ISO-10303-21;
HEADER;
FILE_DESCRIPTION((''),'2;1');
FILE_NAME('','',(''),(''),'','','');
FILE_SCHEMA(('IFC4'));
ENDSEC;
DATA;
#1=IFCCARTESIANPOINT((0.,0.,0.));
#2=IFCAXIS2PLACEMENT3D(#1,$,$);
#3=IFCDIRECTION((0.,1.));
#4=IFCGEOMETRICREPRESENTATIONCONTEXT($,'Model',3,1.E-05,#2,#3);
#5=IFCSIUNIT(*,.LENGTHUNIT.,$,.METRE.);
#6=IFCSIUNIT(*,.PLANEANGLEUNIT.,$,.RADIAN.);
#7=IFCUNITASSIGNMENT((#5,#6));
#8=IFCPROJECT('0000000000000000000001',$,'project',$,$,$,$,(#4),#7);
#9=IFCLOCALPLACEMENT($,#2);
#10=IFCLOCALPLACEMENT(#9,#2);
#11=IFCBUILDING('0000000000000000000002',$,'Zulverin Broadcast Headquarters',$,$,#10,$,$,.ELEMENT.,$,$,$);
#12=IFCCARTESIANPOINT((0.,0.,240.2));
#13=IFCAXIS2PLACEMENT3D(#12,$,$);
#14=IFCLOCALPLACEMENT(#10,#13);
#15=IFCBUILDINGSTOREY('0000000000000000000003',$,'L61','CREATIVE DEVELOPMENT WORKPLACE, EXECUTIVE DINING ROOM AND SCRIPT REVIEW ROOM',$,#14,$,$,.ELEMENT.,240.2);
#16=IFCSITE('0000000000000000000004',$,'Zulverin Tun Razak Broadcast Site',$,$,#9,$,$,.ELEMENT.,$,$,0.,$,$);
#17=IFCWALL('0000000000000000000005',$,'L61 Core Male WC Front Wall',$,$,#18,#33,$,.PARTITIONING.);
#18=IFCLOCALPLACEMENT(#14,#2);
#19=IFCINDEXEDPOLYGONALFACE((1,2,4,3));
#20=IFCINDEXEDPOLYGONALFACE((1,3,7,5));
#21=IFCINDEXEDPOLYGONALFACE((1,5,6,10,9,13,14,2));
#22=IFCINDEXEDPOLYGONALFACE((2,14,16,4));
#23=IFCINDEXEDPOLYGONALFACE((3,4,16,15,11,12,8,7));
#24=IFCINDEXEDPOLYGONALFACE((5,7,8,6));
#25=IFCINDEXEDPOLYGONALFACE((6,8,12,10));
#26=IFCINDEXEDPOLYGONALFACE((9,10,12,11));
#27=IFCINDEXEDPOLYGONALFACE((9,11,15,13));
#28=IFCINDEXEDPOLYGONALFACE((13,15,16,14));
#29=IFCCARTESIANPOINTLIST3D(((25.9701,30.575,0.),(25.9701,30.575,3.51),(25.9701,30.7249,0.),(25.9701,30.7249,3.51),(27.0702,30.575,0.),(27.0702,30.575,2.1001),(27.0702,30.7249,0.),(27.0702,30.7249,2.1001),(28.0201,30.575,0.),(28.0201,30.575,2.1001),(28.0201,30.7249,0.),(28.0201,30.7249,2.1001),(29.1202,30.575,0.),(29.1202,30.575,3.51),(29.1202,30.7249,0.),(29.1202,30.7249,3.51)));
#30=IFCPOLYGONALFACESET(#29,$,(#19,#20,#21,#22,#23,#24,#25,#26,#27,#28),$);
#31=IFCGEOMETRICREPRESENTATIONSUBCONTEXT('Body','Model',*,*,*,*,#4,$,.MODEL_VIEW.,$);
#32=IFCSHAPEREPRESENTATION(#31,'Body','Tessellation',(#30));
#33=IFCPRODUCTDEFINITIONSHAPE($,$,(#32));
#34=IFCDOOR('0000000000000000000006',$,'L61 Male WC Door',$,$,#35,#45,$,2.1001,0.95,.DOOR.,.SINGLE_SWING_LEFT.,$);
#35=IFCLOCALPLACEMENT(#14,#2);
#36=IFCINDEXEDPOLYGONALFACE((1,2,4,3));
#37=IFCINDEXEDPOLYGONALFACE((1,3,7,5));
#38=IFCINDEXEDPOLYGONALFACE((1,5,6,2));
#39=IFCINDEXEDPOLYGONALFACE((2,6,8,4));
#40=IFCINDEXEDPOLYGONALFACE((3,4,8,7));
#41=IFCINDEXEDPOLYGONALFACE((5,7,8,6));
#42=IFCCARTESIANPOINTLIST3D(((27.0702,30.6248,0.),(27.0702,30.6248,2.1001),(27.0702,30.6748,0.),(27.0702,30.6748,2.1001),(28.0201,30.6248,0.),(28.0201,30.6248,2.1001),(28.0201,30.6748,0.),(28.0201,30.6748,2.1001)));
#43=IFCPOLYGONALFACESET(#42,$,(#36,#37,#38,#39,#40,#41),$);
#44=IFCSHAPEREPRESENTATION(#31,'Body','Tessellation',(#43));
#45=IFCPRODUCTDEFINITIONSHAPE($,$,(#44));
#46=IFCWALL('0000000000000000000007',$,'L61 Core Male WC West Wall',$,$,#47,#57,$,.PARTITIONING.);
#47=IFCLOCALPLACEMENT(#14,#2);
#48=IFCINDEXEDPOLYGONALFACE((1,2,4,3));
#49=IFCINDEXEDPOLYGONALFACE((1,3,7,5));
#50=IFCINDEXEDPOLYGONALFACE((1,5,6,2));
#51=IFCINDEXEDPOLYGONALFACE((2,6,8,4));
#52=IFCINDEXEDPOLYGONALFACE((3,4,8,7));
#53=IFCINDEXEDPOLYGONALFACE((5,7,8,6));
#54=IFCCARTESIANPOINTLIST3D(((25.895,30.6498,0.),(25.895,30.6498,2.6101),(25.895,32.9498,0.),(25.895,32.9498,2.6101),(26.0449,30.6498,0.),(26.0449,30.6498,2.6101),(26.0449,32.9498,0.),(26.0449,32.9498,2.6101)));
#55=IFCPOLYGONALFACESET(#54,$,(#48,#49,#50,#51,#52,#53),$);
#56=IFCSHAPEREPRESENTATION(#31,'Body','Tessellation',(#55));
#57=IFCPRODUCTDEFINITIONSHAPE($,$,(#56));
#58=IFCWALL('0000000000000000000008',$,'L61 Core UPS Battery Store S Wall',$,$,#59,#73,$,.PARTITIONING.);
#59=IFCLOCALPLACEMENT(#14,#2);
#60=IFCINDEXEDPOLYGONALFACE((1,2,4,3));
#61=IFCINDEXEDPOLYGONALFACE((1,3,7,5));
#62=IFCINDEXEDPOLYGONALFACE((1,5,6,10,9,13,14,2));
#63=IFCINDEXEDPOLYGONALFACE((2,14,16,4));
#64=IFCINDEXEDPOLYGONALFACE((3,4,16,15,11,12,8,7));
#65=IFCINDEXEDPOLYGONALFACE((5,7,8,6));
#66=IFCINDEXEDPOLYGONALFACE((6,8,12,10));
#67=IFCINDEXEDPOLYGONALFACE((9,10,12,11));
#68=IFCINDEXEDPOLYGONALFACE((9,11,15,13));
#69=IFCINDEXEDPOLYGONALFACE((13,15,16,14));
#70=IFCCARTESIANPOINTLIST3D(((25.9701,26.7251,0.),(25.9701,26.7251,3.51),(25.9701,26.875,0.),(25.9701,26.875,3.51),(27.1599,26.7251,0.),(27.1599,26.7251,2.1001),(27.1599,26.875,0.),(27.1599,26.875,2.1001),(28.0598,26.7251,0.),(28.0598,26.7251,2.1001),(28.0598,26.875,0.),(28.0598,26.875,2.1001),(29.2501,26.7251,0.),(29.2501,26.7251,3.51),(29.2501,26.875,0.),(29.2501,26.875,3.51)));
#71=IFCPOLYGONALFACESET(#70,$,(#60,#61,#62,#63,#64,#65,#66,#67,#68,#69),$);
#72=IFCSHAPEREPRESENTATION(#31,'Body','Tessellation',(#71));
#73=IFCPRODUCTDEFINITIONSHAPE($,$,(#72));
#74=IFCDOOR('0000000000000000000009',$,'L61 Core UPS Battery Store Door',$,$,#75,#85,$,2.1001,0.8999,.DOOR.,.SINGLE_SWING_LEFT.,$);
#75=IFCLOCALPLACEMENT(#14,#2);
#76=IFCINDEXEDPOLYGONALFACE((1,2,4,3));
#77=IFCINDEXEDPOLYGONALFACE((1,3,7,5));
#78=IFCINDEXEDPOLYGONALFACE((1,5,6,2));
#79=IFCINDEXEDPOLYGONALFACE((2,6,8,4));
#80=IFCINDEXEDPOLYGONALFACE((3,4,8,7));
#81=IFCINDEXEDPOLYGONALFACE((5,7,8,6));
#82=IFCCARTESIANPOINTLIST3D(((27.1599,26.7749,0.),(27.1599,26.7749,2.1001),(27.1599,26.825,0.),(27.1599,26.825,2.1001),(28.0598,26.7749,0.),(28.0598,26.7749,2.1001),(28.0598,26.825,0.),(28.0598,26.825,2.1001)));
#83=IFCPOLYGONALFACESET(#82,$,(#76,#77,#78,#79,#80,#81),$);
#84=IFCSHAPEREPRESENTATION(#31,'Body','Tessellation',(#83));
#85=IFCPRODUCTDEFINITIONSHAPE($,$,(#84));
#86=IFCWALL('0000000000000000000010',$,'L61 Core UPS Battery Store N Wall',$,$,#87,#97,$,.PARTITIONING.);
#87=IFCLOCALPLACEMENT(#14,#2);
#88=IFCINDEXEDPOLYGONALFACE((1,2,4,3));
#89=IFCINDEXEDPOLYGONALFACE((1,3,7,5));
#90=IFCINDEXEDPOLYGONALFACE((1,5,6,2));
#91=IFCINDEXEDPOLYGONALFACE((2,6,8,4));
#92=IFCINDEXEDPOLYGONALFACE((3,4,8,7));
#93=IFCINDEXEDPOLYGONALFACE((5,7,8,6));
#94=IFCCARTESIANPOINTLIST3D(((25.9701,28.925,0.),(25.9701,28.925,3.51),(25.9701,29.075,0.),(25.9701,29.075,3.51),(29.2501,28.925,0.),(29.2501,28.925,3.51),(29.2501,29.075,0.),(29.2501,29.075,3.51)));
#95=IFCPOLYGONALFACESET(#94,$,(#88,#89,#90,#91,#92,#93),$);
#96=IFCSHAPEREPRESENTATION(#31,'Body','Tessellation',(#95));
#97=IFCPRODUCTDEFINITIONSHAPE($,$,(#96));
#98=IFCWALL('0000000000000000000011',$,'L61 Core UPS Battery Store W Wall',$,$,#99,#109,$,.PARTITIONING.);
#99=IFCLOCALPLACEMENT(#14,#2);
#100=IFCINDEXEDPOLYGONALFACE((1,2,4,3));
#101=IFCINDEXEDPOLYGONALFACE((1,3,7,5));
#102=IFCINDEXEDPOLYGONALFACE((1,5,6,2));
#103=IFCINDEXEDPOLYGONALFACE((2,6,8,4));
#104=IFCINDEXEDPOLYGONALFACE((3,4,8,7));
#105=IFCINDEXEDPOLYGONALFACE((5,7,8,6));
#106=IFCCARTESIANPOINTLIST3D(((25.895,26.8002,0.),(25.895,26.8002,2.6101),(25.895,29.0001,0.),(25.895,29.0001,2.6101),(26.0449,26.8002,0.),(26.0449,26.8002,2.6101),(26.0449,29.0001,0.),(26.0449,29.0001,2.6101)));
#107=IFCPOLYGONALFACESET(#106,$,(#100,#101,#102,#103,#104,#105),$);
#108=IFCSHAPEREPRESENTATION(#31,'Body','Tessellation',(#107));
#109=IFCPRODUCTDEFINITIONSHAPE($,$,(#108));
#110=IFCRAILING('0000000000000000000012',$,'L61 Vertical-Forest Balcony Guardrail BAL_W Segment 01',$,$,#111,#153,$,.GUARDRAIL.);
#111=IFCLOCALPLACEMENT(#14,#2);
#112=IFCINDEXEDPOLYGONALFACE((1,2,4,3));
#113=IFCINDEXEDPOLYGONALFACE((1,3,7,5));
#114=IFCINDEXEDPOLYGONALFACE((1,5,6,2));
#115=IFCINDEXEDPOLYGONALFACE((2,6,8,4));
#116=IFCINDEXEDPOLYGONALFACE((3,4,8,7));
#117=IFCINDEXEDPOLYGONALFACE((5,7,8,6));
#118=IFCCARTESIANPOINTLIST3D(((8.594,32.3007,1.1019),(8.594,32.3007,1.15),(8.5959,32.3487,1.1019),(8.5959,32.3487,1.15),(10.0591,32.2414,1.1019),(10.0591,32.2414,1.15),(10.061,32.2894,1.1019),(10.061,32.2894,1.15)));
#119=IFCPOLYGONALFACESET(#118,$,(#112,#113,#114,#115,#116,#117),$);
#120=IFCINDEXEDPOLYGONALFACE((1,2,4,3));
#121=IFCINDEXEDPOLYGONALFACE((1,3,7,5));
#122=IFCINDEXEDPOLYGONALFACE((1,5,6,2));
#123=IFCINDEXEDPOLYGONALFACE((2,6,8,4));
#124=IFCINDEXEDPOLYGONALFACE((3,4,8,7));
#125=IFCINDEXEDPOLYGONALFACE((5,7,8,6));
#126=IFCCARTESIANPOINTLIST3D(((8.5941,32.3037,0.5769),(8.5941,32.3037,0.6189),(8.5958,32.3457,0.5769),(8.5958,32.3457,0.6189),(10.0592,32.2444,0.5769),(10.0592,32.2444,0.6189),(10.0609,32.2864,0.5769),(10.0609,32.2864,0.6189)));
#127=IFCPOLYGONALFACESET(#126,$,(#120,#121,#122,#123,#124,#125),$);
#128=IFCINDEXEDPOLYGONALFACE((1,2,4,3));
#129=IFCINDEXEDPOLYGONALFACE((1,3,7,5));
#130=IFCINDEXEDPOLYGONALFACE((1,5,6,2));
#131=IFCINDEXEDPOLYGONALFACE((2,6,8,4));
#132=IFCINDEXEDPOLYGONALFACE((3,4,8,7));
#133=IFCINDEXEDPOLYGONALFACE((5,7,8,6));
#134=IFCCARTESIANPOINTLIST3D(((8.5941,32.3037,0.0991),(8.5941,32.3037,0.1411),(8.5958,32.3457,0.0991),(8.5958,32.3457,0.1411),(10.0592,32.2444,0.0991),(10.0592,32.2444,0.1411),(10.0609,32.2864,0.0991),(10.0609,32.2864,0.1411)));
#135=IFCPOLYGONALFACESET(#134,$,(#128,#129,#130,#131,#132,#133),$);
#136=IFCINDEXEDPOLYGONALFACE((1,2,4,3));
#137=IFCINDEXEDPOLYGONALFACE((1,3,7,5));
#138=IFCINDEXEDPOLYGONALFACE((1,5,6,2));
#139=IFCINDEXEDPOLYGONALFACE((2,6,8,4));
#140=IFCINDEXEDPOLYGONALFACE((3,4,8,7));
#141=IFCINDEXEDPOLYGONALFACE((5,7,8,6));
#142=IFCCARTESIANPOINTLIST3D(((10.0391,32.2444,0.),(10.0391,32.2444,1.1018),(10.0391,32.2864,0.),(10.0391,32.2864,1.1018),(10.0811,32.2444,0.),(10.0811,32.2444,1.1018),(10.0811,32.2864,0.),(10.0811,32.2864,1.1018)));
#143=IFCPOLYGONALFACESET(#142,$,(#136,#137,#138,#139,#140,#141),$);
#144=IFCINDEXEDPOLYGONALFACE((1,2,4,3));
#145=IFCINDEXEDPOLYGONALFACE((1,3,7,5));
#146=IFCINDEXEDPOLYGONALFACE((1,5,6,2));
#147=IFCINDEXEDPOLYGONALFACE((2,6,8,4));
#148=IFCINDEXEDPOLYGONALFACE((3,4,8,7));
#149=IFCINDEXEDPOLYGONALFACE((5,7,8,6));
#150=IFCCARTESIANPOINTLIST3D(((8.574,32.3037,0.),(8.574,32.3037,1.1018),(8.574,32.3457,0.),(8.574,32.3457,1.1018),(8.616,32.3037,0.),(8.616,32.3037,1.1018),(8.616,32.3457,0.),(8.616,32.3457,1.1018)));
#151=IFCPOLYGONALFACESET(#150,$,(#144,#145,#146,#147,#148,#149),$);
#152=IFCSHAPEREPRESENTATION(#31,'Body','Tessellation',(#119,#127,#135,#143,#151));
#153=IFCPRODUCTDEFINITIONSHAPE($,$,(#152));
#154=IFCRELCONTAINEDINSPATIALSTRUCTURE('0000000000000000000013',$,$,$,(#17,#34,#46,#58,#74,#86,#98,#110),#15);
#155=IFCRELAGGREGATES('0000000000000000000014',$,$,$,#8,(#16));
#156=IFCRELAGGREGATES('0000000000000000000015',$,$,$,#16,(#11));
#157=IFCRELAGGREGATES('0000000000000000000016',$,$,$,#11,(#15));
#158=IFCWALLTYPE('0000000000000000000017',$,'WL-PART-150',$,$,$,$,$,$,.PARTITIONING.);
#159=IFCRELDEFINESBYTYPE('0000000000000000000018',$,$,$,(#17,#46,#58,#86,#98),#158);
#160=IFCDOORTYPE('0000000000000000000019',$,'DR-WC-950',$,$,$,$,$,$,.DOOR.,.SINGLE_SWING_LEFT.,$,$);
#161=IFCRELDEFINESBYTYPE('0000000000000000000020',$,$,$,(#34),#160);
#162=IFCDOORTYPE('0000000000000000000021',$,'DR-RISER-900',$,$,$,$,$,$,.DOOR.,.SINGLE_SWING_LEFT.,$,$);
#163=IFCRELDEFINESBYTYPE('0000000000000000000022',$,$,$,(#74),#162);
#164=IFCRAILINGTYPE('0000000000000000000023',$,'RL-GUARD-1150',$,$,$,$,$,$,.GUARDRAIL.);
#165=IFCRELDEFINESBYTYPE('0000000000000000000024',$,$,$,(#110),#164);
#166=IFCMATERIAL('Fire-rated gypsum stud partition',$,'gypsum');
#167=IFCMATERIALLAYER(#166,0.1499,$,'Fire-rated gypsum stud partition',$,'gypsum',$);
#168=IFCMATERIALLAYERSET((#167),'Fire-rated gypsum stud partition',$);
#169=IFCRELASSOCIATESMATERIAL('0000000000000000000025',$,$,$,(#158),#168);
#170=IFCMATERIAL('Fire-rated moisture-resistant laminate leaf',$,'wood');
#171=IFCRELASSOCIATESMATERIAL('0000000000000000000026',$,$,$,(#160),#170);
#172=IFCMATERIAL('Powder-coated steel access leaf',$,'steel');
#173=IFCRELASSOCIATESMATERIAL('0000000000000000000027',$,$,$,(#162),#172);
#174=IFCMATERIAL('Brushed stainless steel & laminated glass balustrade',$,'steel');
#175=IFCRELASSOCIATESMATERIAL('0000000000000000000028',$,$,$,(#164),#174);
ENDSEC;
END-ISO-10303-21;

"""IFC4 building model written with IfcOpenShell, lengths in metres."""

from ifc_helpers import new_model, si_unit, direction, frame, frame_2d, origin, origin_2d, place, context, subcontext, project, spatial, rectangle, extrude, material, layer, layer_set, type_object, element, fill, save


model = new_model("IFC4")

# Units and contexts
model_context = context("Model", 3, precision=1e-05, world=origin(), true_north=direction((0.0, 1.0)))
body_context = subcontext(model_context, "Body", "Model", "MODEL_VIEW")
ifc_project = project(units=[si_unit("LENGTHUNIT", "METRE"), si_unit("PLANEANGLEUNIT", "RADIAN")], contexts=[model_context])

# Site, building, storey
site_placement = place(None, origin())
site = spatial("IfcSite", under=ifc_project, at=site_placement, Name="Zulverin Tun Razak Broadcast Site", CompositionType="ELEMENT", RefElevation=0.0)
building_placement = place(site_placement, origin())
building = spatial("IfcBuilding", under=site, at=building_placement, Name="Zulverin Broadcast Headquarters", CompositionType="ELEMENT")
storey_placement = place(building_placement, frame((0.0, 0.0, 240.2)))
storey = spatial("IfcBuildingStorey", under=building, at=storey_placement, Name="L61", Description="CREATIVE DEVELOPMENT WORKPLACE, EXECUTIVE DINING ROOM AND SCRIPT REVIEW ROOM", CompositionType="ELEMENT", Elevation=240.2)

# Wall, opening, door
ifc_material_1 = material(Name="Fire-rated gypsum stud partition", Category="gypsum")
ifc_layer_1 = layer(ifc_material_1, 0.1499, Name="Fire-rated gypsum stud partition", Category="gypsum")
ifc_layer_set_1 = layer_set([ifc_layer_1], Name="Fire-rated gypsum stud partition")
wall_type = type_object("IfcWallType", Name="WL-PART-150", PredefinedType="PARTITIONING", material=ifc_layer_set_1)
wall_1_placement = place(storey_placement, frame((25.97, 30.6499, 0.0), z_axis=(0.0, 0.0, 1.0), x_axis=(1.0, 0.0, 0.0)))
wall_1 = element("IfcWall", 1, at=wall_1_placement, inside=storey, type_object=wall_type, Name="L61 Core Male WC Front Wall", PredefinedType="PARTITIONING", context=body_context, shape_type="SweptSolid", body=[
    extrude(rectangle(XDim=3.1501, YDim=0.1499, at=frame_2d((1.5752, 0.0))), origin(), (0.0, 0.0, 1.0), 3.51),
])
opening_1_placement = place(wall_1_placement, frame((1.1001, 0.0, 0.0)))
opening_1 = element("IfcOpeningElement", 2, at=opening_1_placement, cuts=wall_1, PredefinedType="OPENING", context=body_context, shape_type="SweptSolid", body=[
    extrude(rectangle(XDim=0.95, YDim=2.1001, at=frame_2d((0.4751, 1.05))), frame((0.0, 0.085, 0.0), z_axis=(0.0, -1.0, 0.0), x_axis=(1.0, 0.0, 0.0)), (0.0, 0.0, 1.0), 0.1699),
])
ifc_material_2 = material(Name="Fire-rated moisture-resistant laminate leaf", Category="wood")
door_type_1 = type_object("IfcDoorType", Name="DR-WC-950", OperationType="SINGLE_SWING_LEFT", PredefinedType="DOOR", material=ifc_material_2)
door_1_placement = place(opening_1_placement, origin())
door_1 = element("IfcDoor", 3, at=door_1_placement, inside=storey, type_object=door_type_1, Name="L61 Male WC Door", OperationType="SINGLE_SWING_LEFT", OverallHeight=2.1001, OverallWidth=0.95, PredefinedType="DOOR", context=body_context, shape_type="SweptSolid", body=[
    extrude(rectangle(XDim=0.95, YDim=2.1001, at=frame_2d((0.4751, 1.05))), frame((0.0, 0.0249, 0.0), z_axis=(0.0, -1.0, 0.0), x_axis=(1.0, 0.0, 0.0)), (0.0, 0.0, 1.0), 0.05),
])
fill(opening_1, door_1)

# Wall
wall_2_placement = place(storey_placement, frame((25.97, 30.6499, 0.0), z_axis=(0.0, 0.0, 1.0), x_axis=(0.0, 1.0, 0.0)))
element("IfcWall", 4, at=wall_2_placement, inside=storey, type_object=wall_type, Name="L61 Core Male WC West Wall", PredefinedType="PARTITIONING", context=body_context, shape_type="SweptSolid", body=[
    extrude(rectangle(XDim=2.3, YDim=0.1499, at=frame_2d((1.1499, 0.0))), origin(), (0.0, 0.0, 1.0), 2.6101),
])

# Wall, opening, door
wall_3_placement = place(storey_placement, frame((25.97, 26.8, 0.0), z_axis=(0.0, 0.0, 1.0), x_axis=(1.0, 0.0, 0.0)))
wall_3 = element("IfcWall", 5, at=wall_3_placement, inside=storey, type_object=wall_type, Name="L61 Core UPS Battery Store S Wall", PredefinedType="PARTITIONING", context=body_context, shape_type="SweptSolid", body=[
    extrude(rectangle(XDim=3.28, YDim=0.1499, at=frame_2d((1.6401, 0.0))), origin(), (0.0, 0.0, 1.0), 3.51),
])
opening_2_placement = place(wall_3_placement, frame((1.1899, 0.0, 0.0)))
opening_2 = element("IfcOpeningElement", 6, at=opening_2_placement, cuts=wall_3, PredefinedType="OPENING", context=body_context, shape_type="SweptSolid", body=[
    extrude(rectangle(XDim=0.8999, YDim=2.1001, at=frame_2d((0.45, 1.05))), frame((0.0, 0.085, 0.0), z_axis=(0.0, -1.0, 0.0), x_axis=(1.0, 0.0, 0.0)), (0.0, 0.0, 1.0), 0.1699),
])
ifc_material_3 = material(Name="Powder-coated steel access leaf", Category="steel")
door_type_2 = type_object("IfcDoorType", Name="DR-RISER-900", OperationType="SINGLE_SWING_LEFT", PredefinedType="DOOR", material=ifc_material_3)
door_2_placement = place(opening_2_placement, origin())
door_2 = element("IfcDoor", 7, at=door_2_placement, inside=storey, type_object=door_type_2, Name="L61 Core UPS Battery Store Door", OperationType="SINGLE_SWING_LEFT", OverallHeight=2.1001, OverallWidth=0.8999, PredefinedType="DOOR", context=body_context, shape_type="SweptSolid", body=[
    extrude(rectangle(XDim=0.8999, YDim=2.1001, at=frame_2d((0.45, 1.05))), frame((0.0, 0.0249, 0.0), z_axis=(0.0, -1.0, 0.0), x_axis=(1.0, 0.0, 0.0)), (0.0, 0.0, 1.0), 0.05),
])
fill(opening_2, door_2)

# Walls
wall_4_placement = place(storey_placement, frame((25.97, 29.0, 0.0), z_axis=(0.0, 0.0, 1.0), x_axis=(1.0, 0.0, 0.0)))
element("IfcWall", 8, at=wall_4_placement, inside=storey, type_object=wall_type, Name="L61 Core UPS Battery Store N Wall", PredefinedType="PARTITIONING", context=body_context, shape_type="SweptSolid", body=[
    extrude(rectangle(XDim=3.28, YDim=0.1499, at=frame_2d((1.6401, 0.0))), origin(), (0.0, 0.0, 1.0), 3.51),
])
wall_5_placement = place(storey_placement, frame((25.97, 26.8, 0.0), z_axis=(0.0, 0.0, 1.0), x_axis=(0.0, 1.0, 0.0)))
element("IfcWall", 9, at=wall_5_placement, inside=storey, type_object=wall_type, Name="L61 Core UPS Battery Store W Wall", PredefinedType="PARTITIONING", context=body_context, shape_type="SweptSolid", body=[
    extrude(rectangle(XDim=2.2, YDim=0.1499, at=frame_2d((1.1001, 0.0))), origin(), (0.0, 0.0, 1.0), 2.6101),
])

# Railing
ifc_material_4 = material(Name="Brushed stainless steel & laminated glass balustrade", Category="steel")
railing_type = type_object("IfcRailingType", Name="RL-GUARD-1150", PredefinedType="GUARDRAIL", material=ifc_material_4)
railing_1_placement = place(storey_placement, frame((10.0601, 32.2654, 0.0)))
element("IfcRailing", 10, at=railing_1_placement, inside=storey, type_object=railing_type, Name="L61 Vertical-Forest Balcony Guardrail BAL_W Segment 01", PredefinedType="GUARDRAIL", context=body_context, shape_type="SweptSolid", body=[
    extrude(rectangle(XDim=0.0481, YDim=0.0481, at=origin_2d()), frame((0.0, 0.0, 1.126), z_axis=(-0.999181, 0.04046, 0.0), x_axis=(-0.04046, -0.999181, 0.0)), (0.0, 0.0, 1.0), 1.4663),
    extrude(rectangle(XDim=0.042, YDim=0.042, at=origin_2d()), frame((0.0, 0.0, 0.5979), z_axis=(-0.999181, 0.04046, 0.0), x_axis=(-0.04046, -0.999181, 0.0)), (0.0, 0.0, 1.0), 1.4663),
    extrude(rectangle(XDim=0.042, YDim=0.042, at=origin_2d()), frame((0.0, 0.0, 0.1201), z_axis=(-0.999181, 0.04046, 0.0), x_axis=(-0.04046, -0.999181, 0.0)), (0.0, 0.0, 1.0), 1.4663),
    extrude(rectangle(XDim=0.042, YDim=0.042, at=origin_2d()), origin(), (0.0, 0.0, 1.0), 1.1018),
    extrude(rectangle(XDim=0.042, YDim=0.042, at=origin_2d()), frame((-1.4651, 0.0593, 0.0)), (0.0, 0.0, 1.0), 1.1018),
])

save(model, "model.ifc")
